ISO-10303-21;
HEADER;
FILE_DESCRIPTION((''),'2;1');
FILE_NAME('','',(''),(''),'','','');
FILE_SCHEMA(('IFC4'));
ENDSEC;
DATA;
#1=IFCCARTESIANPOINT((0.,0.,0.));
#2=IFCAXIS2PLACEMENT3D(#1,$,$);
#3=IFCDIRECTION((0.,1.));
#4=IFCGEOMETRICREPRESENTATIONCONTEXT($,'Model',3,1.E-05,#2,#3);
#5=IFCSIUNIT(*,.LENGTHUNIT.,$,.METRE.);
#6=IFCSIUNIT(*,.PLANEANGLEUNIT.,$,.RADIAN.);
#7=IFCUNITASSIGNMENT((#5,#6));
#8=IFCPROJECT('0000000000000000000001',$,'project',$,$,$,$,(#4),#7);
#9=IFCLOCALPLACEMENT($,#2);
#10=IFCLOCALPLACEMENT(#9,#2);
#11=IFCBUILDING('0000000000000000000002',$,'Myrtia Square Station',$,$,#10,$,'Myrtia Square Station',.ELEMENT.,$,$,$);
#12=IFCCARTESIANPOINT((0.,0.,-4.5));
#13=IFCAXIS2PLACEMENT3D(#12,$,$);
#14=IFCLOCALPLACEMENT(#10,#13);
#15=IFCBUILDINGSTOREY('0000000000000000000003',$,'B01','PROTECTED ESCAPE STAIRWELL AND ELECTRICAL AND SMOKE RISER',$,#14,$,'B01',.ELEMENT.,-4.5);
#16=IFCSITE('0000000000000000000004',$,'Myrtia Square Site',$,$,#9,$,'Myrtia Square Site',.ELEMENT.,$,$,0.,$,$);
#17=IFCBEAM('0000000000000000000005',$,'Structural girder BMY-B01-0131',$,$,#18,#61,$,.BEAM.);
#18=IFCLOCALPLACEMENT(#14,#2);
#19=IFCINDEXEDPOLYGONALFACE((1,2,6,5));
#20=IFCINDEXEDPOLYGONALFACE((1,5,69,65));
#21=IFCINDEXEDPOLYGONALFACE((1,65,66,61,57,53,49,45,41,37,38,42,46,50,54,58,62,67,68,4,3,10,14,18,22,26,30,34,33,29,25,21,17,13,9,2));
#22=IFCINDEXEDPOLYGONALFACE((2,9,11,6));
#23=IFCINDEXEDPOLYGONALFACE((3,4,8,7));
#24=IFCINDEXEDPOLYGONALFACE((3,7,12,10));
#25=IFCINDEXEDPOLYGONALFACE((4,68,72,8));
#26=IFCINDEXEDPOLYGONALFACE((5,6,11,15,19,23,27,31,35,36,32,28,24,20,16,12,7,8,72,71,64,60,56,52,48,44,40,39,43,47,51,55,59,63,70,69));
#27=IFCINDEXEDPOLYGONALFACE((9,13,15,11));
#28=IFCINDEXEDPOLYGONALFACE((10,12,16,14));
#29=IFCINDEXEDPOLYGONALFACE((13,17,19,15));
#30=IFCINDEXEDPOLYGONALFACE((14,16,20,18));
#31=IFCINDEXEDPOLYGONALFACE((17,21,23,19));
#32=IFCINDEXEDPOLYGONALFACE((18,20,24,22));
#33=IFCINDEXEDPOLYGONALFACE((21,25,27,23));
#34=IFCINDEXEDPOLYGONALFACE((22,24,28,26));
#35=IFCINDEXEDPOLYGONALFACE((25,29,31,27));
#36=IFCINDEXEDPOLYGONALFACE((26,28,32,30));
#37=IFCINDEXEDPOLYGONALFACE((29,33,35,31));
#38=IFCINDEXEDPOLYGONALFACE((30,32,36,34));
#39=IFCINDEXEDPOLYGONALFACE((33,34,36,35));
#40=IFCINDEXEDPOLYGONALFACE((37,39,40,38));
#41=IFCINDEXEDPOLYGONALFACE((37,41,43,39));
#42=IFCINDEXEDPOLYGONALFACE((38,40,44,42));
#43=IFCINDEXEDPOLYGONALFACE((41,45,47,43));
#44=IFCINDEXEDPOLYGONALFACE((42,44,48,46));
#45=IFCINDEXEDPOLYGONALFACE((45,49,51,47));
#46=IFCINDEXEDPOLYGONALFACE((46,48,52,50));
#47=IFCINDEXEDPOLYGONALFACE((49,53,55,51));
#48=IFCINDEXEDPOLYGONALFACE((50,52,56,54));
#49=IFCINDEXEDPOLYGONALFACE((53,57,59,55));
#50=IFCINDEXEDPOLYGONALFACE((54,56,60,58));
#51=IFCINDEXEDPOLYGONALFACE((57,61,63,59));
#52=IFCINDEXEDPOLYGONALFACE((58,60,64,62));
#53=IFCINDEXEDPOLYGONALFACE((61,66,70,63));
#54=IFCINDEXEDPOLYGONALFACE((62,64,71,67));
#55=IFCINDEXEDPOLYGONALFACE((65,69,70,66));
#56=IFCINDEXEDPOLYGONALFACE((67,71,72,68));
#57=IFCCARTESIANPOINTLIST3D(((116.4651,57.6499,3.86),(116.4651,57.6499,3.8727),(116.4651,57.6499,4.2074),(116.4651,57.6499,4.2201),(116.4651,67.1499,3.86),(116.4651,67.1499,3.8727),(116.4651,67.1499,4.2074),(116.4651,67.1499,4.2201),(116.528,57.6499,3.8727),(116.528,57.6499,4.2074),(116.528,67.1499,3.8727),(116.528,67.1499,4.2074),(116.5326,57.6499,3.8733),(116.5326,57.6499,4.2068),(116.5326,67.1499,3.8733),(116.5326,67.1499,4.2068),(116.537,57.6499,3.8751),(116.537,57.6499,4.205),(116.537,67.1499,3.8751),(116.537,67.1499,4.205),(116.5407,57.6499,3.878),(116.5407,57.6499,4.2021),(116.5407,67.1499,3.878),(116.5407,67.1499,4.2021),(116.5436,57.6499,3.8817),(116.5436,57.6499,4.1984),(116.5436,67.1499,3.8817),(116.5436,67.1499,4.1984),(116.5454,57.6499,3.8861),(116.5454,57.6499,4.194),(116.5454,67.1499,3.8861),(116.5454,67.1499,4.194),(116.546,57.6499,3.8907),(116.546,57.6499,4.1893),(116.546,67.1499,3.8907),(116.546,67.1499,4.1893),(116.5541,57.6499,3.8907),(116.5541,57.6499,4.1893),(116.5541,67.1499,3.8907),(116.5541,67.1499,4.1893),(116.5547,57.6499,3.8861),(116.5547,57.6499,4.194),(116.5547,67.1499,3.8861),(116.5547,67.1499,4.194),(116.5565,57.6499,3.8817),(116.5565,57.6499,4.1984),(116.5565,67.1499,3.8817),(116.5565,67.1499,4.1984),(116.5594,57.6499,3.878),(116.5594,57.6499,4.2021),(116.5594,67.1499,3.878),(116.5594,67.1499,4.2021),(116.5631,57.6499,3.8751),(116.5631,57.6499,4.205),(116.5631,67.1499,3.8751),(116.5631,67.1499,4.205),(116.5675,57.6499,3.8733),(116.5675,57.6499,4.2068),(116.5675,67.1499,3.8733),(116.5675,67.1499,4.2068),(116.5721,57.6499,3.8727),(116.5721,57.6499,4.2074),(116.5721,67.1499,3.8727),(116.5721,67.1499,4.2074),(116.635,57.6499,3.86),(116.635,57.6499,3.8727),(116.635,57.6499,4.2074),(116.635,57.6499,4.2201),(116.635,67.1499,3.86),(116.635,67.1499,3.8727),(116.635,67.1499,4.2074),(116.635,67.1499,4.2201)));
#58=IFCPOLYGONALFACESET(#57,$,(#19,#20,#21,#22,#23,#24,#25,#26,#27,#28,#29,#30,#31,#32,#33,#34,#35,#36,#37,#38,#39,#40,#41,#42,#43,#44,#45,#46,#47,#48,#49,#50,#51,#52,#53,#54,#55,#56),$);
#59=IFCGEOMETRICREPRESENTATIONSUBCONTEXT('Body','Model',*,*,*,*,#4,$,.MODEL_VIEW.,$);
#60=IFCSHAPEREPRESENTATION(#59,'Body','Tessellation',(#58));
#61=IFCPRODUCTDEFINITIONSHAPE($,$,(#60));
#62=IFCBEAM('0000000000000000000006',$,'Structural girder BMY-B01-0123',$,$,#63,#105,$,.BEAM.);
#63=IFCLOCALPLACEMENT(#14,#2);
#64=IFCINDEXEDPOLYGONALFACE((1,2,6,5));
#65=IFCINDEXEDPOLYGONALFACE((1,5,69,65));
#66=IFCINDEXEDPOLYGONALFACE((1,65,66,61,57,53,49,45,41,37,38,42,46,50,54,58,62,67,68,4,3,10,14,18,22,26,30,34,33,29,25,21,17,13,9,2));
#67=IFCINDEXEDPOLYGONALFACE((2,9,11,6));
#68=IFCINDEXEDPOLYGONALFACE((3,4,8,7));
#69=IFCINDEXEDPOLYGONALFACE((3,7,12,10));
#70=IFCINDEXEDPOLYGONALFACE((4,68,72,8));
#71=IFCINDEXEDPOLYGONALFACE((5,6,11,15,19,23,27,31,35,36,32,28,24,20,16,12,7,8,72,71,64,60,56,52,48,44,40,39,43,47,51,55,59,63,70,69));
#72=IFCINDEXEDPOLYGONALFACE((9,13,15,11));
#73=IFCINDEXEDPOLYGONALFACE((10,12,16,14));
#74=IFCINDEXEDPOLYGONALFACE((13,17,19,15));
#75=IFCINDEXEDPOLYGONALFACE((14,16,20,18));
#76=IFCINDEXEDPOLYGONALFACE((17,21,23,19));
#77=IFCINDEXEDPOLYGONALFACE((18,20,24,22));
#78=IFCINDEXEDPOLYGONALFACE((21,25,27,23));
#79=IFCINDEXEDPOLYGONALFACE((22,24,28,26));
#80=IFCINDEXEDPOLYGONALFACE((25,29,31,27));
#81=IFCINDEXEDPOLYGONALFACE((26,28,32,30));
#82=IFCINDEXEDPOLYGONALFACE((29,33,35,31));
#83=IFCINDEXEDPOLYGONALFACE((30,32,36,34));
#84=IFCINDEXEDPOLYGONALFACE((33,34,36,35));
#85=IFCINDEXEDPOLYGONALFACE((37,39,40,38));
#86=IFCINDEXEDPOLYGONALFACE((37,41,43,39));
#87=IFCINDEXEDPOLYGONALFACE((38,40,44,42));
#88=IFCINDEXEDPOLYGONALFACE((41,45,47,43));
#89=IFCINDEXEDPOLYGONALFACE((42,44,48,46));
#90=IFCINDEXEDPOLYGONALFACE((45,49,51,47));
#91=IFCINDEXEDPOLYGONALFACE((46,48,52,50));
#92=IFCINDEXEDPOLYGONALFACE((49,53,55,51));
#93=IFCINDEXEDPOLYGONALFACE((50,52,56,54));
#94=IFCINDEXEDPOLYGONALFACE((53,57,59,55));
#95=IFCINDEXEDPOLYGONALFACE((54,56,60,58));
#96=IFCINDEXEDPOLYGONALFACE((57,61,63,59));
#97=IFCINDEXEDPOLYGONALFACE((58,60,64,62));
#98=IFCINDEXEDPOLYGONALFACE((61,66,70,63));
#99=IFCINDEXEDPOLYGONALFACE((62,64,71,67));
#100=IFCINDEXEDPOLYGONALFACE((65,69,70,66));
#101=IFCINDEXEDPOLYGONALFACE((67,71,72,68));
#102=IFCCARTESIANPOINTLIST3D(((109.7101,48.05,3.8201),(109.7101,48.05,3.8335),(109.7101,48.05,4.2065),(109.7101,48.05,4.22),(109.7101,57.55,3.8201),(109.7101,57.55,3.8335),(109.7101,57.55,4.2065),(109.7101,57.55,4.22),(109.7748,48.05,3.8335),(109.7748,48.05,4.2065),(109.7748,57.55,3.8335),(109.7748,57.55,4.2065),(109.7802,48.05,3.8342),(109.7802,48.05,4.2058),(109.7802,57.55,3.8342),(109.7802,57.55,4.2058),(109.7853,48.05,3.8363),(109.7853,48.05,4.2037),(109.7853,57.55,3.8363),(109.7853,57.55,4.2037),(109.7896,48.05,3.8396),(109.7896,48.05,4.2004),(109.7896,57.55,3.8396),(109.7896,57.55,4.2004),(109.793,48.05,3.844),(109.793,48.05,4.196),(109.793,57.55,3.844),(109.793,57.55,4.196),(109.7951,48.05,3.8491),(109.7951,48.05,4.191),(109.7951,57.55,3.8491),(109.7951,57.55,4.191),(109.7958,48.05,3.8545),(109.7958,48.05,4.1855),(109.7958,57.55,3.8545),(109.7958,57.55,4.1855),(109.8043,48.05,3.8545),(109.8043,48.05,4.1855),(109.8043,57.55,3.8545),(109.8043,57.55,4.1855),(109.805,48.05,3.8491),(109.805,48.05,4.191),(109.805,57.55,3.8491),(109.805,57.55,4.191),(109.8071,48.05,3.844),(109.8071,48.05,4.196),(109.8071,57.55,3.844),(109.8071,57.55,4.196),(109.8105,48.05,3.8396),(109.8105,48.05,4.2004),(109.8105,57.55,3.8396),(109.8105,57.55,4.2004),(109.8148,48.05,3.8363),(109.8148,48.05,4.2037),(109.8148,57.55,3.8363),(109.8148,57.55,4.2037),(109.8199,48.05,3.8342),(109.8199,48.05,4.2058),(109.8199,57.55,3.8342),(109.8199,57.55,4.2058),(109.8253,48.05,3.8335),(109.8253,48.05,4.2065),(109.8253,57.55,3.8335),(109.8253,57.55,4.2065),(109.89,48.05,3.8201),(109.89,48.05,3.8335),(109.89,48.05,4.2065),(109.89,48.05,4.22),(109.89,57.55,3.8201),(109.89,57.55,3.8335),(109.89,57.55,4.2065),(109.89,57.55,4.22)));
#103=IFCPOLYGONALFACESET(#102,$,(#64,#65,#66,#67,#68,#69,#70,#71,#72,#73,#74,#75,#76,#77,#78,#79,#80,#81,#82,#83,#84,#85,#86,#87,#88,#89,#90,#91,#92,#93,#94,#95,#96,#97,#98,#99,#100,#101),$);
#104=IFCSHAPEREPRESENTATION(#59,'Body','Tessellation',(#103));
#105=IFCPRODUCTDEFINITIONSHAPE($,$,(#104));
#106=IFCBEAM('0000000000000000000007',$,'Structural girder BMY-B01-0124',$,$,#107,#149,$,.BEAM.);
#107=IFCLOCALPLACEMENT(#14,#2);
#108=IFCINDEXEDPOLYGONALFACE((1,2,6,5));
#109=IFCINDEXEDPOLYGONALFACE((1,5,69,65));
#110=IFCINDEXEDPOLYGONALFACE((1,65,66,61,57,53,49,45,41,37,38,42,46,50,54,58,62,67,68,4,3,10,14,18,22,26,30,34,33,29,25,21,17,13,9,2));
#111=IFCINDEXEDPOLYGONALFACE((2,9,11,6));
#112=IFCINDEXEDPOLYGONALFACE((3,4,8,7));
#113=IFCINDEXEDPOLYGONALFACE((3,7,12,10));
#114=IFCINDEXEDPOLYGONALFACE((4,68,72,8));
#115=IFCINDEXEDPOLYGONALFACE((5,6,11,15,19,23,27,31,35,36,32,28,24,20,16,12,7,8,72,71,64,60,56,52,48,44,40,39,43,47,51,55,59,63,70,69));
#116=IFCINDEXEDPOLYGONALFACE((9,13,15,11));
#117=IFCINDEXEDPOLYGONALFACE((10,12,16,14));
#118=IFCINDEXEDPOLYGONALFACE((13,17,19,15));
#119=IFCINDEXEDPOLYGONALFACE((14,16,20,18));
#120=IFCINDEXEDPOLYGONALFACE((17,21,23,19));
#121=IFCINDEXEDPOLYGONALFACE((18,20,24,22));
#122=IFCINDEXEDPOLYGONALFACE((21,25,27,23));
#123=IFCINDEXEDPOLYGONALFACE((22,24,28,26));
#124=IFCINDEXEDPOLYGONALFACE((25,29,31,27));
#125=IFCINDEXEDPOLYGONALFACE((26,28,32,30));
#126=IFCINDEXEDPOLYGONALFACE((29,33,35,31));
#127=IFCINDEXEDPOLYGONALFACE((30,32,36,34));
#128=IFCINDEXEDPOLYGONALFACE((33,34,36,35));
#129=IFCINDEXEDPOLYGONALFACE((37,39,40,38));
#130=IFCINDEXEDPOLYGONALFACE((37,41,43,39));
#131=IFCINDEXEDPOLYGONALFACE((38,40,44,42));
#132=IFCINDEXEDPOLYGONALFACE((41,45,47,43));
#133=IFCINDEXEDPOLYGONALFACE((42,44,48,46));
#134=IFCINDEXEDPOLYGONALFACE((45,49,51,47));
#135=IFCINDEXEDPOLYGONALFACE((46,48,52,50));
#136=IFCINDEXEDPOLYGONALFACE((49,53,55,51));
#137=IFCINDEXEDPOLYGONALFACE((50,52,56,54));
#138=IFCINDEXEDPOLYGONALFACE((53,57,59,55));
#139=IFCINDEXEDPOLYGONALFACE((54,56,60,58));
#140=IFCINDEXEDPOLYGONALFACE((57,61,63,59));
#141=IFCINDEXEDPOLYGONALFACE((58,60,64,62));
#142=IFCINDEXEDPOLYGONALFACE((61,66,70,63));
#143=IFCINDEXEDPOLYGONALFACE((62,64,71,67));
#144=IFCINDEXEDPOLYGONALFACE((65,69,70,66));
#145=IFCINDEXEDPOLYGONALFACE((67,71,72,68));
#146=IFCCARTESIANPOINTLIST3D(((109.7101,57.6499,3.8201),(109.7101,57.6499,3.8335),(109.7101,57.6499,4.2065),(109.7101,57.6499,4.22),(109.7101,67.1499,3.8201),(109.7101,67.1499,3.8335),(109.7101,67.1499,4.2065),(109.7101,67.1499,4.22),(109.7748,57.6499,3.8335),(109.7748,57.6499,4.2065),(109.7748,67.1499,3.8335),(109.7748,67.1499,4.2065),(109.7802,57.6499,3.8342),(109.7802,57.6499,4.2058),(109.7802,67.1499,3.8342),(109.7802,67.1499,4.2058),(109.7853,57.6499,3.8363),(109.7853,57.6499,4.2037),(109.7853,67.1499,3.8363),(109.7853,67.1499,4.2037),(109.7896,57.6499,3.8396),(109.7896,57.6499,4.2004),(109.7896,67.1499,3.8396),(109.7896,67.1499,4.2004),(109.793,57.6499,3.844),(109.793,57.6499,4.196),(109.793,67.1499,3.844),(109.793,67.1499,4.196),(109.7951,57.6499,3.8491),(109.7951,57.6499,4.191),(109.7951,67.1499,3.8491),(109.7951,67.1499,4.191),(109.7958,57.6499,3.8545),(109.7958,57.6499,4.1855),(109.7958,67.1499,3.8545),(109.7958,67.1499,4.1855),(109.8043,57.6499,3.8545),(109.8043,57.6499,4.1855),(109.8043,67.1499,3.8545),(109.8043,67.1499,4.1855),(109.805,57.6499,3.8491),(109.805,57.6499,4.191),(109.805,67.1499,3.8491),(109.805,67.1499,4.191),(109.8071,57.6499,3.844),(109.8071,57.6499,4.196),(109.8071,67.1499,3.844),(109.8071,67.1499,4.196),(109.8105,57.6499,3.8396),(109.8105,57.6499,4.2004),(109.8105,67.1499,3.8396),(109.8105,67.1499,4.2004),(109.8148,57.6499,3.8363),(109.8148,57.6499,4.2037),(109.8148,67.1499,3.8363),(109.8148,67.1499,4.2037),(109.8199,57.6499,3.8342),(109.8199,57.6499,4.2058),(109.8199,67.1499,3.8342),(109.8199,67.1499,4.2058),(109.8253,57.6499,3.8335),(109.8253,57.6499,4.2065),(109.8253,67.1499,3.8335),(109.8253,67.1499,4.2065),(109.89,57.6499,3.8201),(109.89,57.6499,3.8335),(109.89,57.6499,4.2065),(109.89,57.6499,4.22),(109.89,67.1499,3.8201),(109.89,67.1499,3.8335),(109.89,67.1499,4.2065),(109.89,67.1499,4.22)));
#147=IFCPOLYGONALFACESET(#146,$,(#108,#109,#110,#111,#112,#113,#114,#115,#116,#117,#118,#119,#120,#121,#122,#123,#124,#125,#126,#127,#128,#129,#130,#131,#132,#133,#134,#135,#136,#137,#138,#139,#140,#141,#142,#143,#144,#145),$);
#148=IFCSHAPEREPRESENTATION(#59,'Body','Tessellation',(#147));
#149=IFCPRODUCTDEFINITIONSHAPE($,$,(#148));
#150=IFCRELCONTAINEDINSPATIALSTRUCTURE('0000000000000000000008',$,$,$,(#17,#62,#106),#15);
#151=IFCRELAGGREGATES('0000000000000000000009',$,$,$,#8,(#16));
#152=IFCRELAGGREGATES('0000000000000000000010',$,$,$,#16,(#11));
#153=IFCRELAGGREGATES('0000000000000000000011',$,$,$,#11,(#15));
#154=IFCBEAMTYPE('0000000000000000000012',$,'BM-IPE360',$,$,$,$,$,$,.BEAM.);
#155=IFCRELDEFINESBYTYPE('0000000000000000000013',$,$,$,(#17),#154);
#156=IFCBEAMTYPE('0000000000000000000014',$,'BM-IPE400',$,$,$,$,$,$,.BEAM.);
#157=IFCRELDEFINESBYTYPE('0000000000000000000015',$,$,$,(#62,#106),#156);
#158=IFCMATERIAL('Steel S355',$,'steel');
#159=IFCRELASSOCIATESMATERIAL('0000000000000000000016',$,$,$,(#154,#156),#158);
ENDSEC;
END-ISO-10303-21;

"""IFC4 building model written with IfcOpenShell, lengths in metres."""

from ifc_helpers import new_model, si_unit, direction, frame, origin, origin_2d, place, context, subcontext, project, spatial, i_section, extrude, material, material_profile, profile_set, type_object, element, save


model = new_model("IFC4")

# Units and contexts
model_context = context("Model", 3, precision=1e-05, world=origin(), true_north=direction((0.0, 1.0)))
body_context = subcontext(model_context, "Body", "Model", "MODEL_VIEW")
ifc_project = project(units=[si_unit("LENGTHUNIT", "METRE"), si_unit("PLANEANGLEUNIT", "RADIAN")], contexts=[model_context])

# Site, building, storey
site_placement = place(None, origin())
site = spatial("IfcSite", under=ifc_project, at=site_placement, Name="Myrtia Square Site", LongName="Myrtia Square Site", CompositionType="ELEMENT", RefElevation=0.0)
building_placement = place(site_placement, origin())
building = spatial("IfcBuilding", under=site, at=building_placement, Name="Myrtia Square Station", LongName="Myrtia Square Station", CompositionType="ELEMENT")
storey_placement = place(building_placement, frame((0.0, 0.0, -4.5)))
storey = spatial("IfcBuildingStorey", under=building, at=storey_placement, Name="B01", Description="PROTECTED ESCAPE STAIRWELL AND ELECTRICAL AND SMOKE RISER", LongName="B01", CompositionType="ELEMENT", Elevation=-4.5)

# Shared definitions
ifc_material_1 = material(Name="Steel S355", Category="steel")

# Beams
ifc_material_profile_1 = material_profile(ifc_material_1, i_section(OverallWidth=0.1699, OverallDepth=0.3601, WebThickness=0.0081, FlangeThickness=0.0127, FilletRadius=0.0181, at=origin_2d()), Name="IPE 360")
ifc_profile_set_1 = profile_set([ifc_material_profile_1], Name="Steel S355")
beam_type_1 = type_object("IfcBeamType", Name="BM-IPE360", PredefinedType="BEAM", material=ifc_profile_set_1)
for number, where, z_axis, x_axis, name in (
    (1, (116.55, 57.6499, 4.04), (0.0, 1.0, 0.0), (-1.0, 0.0, 0.0), "Structural girder BMY-B01-0131"),
):
    element("IfcBeam", number, at=place(storey_placement, frame(where, z_axis=z_axis, x_axis=x_axis)), inside=storey, type_object=beam_type_1, Name=name, PredefinedType="BEAM", context=body_context, shape_type="SweptSolid", body=[
        extrude(i_section(OverallWidth=0.1699, OverallDepth=0.3601, WebThickness=0.0081, FlangeThickness=0.0127, FilletRadius=0.0181, at=origin_2d()), origin(), (0.0, 0.0, 1.0), 9.5),
    ])
ifc_material_profile_2 = material_profile(ifc_material_1, i_section(OverallWidth=0.1799, OverallDepth=0.3999, WebThickness=0.0085, FlangeThickness=0.0134, FilletRadius=0.021, at=origin_2d()), Name="IPE 400")
ifc_profile_set_2 = profile_set([ifc_material_profile_2], Name="Steel S355")
beam_type_2 = type_object("IfcBeamType", Name="BM-IPE400", PredefinedType="BEAM", material=ifc_profile_set_2)
for number, where, z_axis, x_axis, name in (
    (2, (109.8, 48.05, 4.02), (0.0, 1.0, 0.0), (-1.0, 0.0, 0.0), "Structural girder BMY-B01-0123"),
    (3, (109.8, 57.6499, 4.02), (0.0, 1.0, 0.0), (-1.0, 0.0, 0.0), "Structural girder BMY-B01-0124"),
):
    element("IfcBeam", number, at=place(storey_placement, frame(where, z_axis=z_axis, x_axis=x_axis)), inside=storey, type_object=beam_type_2, Name=name, PredefinedType="BEAM", context=body_context, shape_type="SweptSolid", body=[
        extrude(i_section(OverallWidth=0.1799, OverallDepth=0.3999, WebThickness=0.0085, FlangeThickness=0.0134, FilletRadius=0.021, at=origin_2d()), origin(), (0.0, 0.0, 1.0), 9.5),
    ])

save(model, "model.ifc")
